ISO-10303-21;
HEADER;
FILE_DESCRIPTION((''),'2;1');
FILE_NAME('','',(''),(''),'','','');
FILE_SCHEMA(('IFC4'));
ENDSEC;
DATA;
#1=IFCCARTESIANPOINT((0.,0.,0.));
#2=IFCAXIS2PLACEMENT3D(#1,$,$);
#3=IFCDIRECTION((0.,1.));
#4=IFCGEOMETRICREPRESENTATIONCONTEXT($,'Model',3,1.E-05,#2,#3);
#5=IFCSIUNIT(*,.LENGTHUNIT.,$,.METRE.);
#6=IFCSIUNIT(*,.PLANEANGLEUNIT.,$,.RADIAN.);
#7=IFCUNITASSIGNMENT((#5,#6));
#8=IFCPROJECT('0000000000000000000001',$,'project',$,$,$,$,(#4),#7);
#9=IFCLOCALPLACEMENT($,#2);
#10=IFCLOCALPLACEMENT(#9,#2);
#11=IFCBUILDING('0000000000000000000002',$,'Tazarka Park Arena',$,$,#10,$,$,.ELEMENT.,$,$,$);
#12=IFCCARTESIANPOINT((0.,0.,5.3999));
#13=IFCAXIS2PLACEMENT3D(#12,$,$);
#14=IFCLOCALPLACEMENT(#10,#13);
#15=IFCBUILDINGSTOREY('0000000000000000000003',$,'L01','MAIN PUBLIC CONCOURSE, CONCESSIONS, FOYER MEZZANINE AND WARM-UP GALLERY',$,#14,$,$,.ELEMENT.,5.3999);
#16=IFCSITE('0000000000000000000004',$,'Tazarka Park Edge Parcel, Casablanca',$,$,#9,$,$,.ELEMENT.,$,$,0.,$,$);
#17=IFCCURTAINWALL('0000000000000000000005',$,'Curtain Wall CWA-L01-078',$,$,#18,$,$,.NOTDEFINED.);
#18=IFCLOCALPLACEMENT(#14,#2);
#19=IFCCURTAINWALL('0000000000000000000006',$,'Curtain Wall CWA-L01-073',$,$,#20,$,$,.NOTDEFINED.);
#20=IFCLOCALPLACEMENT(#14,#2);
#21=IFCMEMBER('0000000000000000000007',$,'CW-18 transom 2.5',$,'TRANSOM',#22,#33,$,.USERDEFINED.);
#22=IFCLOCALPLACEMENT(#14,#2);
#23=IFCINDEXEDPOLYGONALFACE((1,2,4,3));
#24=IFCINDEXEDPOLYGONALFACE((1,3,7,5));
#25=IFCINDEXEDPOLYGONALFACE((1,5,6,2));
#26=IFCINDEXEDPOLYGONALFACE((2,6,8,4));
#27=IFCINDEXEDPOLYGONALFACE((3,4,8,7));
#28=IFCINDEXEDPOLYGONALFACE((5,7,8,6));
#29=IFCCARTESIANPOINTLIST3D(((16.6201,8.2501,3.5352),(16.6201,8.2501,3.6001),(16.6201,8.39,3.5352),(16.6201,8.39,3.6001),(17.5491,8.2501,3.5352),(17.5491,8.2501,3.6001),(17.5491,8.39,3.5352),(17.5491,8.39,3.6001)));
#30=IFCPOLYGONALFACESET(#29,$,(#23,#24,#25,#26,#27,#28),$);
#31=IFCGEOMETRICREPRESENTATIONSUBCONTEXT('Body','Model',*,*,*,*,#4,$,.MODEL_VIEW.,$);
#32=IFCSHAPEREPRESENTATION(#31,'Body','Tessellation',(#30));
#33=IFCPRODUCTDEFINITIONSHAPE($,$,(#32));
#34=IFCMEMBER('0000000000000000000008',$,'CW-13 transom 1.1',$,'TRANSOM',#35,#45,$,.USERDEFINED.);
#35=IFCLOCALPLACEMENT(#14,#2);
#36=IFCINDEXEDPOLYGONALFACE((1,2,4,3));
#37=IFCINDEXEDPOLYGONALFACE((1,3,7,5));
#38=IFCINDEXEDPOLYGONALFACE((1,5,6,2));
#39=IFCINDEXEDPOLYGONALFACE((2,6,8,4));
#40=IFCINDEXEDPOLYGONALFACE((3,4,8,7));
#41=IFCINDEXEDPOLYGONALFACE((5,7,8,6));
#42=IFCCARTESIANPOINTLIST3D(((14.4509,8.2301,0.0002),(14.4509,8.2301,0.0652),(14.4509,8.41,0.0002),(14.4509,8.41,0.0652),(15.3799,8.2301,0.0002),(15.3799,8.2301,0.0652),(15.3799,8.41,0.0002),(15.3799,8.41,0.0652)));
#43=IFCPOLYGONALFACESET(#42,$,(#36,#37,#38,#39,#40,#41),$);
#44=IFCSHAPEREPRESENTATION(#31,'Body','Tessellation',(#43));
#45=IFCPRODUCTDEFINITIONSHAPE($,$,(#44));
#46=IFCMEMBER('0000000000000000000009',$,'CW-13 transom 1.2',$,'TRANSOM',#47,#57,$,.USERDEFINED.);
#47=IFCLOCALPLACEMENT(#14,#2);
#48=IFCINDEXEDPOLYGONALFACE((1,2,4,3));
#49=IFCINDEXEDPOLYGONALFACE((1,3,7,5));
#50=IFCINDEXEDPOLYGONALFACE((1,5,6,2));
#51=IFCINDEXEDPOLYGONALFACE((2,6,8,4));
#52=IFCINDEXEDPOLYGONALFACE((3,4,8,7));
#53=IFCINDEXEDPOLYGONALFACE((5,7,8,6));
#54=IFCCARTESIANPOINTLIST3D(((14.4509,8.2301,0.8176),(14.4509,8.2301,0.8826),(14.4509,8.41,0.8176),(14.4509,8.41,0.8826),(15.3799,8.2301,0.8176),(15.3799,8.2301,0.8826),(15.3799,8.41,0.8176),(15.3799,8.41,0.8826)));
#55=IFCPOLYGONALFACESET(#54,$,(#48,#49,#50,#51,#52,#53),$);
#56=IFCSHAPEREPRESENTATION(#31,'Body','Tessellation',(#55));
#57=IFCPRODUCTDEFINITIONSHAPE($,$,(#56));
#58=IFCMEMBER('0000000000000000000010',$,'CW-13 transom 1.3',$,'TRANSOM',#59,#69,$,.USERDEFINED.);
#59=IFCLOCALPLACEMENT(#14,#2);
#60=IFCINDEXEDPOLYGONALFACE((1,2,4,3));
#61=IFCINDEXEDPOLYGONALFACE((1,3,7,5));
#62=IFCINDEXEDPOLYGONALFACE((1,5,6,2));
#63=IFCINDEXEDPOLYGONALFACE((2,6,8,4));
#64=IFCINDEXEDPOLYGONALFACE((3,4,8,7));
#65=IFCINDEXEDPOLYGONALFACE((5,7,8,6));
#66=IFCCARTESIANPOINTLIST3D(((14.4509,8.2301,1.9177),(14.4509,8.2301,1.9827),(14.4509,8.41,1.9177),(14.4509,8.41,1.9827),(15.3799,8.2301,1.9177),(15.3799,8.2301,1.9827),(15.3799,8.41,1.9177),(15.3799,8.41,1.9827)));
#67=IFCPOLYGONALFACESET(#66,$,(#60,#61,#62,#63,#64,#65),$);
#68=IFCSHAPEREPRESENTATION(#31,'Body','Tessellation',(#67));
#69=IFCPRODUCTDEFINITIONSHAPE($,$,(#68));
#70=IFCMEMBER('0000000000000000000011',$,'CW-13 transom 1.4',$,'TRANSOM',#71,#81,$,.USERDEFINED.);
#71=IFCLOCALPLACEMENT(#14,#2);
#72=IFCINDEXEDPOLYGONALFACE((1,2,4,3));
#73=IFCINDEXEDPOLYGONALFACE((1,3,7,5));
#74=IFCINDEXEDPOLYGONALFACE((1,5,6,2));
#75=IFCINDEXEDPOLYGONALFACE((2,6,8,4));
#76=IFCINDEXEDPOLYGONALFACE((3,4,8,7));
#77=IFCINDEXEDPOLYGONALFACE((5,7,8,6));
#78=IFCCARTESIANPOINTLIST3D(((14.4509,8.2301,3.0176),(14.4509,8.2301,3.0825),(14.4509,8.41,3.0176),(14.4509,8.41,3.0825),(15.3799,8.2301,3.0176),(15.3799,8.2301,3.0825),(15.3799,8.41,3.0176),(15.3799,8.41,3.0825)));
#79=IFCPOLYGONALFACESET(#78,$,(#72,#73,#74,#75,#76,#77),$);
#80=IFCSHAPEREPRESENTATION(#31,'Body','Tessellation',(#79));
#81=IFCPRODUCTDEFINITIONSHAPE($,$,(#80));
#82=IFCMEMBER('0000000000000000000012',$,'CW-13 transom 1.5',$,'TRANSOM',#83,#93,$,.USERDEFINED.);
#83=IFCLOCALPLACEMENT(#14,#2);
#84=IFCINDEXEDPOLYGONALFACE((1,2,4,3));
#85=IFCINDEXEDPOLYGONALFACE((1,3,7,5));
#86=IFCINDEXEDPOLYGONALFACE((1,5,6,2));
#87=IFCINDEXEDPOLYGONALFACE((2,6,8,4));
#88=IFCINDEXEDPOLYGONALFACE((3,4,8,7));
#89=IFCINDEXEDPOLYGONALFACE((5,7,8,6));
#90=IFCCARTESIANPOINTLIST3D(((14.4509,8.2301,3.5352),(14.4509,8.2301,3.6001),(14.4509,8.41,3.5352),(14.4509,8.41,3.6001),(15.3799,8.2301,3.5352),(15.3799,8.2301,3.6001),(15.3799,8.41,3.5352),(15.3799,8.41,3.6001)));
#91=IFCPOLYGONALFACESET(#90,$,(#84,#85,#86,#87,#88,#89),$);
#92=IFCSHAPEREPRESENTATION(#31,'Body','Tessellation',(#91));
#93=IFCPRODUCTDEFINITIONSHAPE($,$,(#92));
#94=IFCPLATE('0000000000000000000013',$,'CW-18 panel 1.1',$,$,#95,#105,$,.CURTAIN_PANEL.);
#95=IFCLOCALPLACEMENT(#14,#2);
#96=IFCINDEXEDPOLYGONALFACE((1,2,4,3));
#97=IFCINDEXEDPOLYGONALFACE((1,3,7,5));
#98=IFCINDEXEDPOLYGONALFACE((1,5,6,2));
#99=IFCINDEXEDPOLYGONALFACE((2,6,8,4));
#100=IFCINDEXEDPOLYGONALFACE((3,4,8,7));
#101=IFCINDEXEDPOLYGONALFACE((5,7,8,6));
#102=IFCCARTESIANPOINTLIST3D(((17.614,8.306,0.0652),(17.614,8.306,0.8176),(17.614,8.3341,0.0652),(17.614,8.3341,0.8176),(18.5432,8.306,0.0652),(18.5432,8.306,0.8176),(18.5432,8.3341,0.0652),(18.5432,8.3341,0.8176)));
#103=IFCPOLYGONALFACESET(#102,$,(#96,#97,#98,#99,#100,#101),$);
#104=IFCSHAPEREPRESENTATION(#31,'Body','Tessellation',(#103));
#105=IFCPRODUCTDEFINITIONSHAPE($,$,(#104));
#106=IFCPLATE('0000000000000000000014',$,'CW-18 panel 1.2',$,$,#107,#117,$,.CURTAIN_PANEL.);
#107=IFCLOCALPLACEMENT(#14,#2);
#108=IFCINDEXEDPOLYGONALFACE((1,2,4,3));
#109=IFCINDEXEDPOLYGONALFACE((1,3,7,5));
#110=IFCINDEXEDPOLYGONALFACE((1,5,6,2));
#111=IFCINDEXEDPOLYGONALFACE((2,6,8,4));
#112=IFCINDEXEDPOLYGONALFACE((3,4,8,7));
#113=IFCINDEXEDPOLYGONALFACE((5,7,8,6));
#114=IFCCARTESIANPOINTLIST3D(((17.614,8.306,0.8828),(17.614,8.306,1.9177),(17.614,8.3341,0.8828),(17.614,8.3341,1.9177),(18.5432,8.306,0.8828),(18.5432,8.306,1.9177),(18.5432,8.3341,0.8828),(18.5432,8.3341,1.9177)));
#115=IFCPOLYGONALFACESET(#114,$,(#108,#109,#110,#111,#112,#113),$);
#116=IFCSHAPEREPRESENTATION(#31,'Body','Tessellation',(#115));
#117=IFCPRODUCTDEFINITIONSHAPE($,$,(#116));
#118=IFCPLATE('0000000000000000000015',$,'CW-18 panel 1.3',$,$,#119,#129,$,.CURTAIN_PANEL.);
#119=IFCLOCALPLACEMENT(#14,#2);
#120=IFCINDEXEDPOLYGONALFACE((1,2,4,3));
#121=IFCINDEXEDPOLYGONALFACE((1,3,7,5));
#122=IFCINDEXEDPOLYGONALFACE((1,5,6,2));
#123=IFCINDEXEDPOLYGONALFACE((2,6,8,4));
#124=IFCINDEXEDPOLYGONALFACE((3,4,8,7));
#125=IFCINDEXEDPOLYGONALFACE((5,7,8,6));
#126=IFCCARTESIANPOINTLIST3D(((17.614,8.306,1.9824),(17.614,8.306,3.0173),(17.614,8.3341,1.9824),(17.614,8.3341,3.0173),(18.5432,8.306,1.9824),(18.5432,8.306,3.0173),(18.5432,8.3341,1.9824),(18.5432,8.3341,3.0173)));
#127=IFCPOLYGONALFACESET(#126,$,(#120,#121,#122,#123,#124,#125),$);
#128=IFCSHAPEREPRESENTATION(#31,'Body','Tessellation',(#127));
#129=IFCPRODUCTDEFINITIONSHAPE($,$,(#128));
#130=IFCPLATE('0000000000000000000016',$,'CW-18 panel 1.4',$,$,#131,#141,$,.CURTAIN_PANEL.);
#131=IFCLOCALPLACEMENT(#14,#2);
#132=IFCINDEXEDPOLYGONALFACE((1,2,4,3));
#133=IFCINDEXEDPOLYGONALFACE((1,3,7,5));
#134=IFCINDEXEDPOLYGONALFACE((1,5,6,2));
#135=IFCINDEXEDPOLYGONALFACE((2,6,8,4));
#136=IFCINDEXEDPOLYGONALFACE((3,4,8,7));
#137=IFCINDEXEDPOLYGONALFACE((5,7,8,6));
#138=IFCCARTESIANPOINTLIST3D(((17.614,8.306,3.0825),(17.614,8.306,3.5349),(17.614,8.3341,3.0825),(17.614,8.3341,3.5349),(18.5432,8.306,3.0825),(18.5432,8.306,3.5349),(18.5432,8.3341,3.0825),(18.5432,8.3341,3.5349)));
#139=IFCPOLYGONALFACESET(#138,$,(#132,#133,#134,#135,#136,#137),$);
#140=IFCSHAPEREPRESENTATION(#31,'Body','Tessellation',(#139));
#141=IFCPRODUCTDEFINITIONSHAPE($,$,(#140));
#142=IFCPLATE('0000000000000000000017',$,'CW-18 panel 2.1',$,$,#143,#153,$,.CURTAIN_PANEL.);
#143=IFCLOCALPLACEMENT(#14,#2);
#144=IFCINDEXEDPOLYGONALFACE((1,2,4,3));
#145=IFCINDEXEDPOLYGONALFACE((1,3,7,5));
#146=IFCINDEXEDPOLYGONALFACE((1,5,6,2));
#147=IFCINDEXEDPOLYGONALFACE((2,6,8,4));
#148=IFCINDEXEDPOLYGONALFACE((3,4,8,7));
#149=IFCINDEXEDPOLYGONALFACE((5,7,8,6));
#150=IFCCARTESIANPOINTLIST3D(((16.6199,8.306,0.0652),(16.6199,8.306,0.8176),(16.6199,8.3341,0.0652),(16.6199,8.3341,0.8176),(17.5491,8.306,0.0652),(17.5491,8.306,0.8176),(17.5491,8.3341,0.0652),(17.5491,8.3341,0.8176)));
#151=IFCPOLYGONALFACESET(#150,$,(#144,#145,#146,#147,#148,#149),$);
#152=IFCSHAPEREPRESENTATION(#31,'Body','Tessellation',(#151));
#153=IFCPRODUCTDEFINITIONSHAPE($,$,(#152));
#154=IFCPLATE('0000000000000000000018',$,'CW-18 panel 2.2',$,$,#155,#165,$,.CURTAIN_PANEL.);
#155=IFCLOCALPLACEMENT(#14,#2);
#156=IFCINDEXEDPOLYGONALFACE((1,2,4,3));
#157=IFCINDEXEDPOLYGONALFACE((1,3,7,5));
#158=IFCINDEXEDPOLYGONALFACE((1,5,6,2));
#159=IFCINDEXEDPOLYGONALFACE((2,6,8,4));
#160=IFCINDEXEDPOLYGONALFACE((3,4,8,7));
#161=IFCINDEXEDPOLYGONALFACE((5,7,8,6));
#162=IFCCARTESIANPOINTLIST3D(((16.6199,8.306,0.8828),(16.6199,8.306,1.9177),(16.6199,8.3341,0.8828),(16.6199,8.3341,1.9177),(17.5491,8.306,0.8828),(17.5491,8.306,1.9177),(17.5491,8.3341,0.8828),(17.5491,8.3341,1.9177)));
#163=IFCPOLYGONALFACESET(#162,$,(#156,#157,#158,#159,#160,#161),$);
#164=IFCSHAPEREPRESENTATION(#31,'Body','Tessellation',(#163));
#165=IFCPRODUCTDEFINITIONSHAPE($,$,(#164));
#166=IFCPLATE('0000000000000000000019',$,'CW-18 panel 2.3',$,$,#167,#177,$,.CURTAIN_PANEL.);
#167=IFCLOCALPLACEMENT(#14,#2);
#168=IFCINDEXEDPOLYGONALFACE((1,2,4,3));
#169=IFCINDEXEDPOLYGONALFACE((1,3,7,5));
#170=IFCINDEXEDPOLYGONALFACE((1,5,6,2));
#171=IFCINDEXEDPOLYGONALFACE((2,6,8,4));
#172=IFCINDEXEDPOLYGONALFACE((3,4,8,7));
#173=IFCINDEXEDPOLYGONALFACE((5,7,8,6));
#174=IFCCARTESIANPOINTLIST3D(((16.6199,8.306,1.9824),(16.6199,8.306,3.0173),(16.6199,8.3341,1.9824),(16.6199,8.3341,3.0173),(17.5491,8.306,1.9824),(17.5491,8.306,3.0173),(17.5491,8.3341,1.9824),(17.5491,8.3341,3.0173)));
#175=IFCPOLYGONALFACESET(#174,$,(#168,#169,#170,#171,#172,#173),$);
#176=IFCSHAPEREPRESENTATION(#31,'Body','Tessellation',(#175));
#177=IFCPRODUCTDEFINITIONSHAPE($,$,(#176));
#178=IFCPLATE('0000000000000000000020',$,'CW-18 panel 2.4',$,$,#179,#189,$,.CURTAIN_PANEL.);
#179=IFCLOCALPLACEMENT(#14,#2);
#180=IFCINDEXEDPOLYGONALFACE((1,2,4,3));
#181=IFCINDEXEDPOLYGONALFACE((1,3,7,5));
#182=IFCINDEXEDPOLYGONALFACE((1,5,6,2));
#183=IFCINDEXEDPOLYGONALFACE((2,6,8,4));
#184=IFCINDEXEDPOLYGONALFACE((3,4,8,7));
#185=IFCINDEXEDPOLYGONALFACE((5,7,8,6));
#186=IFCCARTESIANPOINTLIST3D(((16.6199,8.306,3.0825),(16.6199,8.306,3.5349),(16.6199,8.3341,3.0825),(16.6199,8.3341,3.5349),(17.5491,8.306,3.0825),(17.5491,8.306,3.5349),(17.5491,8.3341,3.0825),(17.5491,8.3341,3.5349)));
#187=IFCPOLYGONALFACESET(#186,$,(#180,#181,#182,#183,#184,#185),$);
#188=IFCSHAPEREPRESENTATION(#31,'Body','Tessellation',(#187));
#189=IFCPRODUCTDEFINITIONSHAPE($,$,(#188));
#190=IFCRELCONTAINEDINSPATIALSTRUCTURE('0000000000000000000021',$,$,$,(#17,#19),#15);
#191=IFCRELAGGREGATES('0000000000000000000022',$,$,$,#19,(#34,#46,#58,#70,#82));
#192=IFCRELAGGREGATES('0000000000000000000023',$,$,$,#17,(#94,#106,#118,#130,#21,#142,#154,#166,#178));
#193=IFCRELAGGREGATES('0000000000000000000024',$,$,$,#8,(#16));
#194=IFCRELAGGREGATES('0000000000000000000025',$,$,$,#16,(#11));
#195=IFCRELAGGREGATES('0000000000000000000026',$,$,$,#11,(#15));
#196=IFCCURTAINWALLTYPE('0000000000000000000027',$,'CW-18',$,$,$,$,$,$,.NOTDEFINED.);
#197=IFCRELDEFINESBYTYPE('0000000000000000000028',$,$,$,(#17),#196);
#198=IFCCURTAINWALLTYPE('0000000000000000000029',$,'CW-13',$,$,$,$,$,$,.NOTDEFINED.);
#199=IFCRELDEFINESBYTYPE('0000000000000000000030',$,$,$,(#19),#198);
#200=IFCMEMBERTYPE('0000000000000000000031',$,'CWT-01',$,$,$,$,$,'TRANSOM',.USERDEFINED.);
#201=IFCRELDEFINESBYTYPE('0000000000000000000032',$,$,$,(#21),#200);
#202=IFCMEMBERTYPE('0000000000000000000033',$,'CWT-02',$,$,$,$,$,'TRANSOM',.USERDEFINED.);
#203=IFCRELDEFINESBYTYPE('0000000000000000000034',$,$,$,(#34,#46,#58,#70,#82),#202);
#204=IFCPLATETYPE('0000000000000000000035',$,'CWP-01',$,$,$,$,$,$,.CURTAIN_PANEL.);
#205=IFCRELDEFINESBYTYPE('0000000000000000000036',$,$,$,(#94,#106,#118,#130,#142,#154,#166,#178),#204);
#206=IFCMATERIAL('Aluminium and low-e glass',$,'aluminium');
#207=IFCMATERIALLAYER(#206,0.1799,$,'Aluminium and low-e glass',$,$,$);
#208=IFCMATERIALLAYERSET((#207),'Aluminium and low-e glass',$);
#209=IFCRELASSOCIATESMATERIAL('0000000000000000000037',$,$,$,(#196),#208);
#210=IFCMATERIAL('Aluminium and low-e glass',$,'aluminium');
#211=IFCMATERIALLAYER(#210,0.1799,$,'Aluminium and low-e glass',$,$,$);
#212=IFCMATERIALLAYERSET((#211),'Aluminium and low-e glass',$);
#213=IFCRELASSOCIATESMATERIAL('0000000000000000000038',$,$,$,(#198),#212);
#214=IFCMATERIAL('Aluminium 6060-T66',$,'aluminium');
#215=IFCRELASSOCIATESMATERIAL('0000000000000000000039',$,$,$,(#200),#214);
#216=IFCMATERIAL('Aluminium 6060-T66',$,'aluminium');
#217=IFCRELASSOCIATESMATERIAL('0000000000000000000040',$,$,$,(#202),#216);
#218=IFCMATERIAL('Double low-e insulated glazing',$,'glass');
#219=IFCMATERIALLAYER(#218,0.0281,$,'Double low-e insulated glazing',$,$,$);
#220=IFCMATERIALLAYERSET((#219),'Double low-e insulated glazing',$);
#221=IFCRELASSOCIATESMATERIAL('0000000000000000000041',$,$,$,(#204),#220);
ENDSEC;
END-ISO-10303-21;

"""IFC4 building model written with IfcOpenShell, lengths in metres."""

from ifc_helpers import new_model, si_unit, direction, frame, origin, origin_2d, place, context, subcontext, project, spatial, rectangle, extrude, material, layer, layer_set, material_profile, profile_set, type_object, element, aggregate, save


model = new_model("IFC4")

# Units and contexts
model_context = context("Model", 3, precision=1e-05, world=origin(), true_north=direction((0.0, 1.0)))
body_context = subcontext(model_context, "Body", "Model", "MODEL_VIEW")
ifc_project = project(units=[si_unit("LENGTHUNIT", "METRE"), si_unit("PLANEANGLEUNIT", "RADIAN")], contexts=[model_context])

# Site, building, storey
site_placement = place(None, origin())
site = spatial("IfcSite", under=ifc_project, at=site_placement, Name="Tazarka Park Edge Parcel, Casablanca", CompositionType="ELEMENT", RefElevation=0.0)
building_placement = place(site_placement, origin())
building = spatial("IfcBuilding", under=site, at=building_placement, Name="Tazarka Park Arena", CompositionType="ELEMENT")
storey_placement = place(building_placement, frame((0.0, 0.0, 5.3999)))
storey = spatial("IfcBuildingStorey", under=building, at=storey_placement, Name="L01", Description="MAIN PUBLIC CONCOURSE, CONCESSIONS, FOYER MEZZANINE AND WARM-UP GALLERY", CompositionType="ELEMENT", Elevation=5.3999)

# Curtain wall
ifc_material_1 = material(Name="Aluminium and low-e glass", Category="aluminium")
ifc_layer_1 = layer(ifc_material_1, 0.1799, Name="Aluminium and low-e glass")
ifc_layer_set_1 = layer_set([ifc_layer_1], Name="Aluminium and low-e glass")
curtain_wall_type_1 = type_object("IfcCurtainWallType", Name="CW-18", PredefinedType="NOTDEFINED", material=ifc_layer_set_1)
curtain_wall_1_placement = place(storey_placement, origin())
curtain_wall_1 = element("IfcCurtainWall", 1, at=curtain_wall_1_placement, inside=storey, type_object=curtain_wall_type_1, Name="Curtain Wall CWA-L01-078", PredefinedType="NOTDEFINED")

# Curtain wall
ifc_material_2 = material(Name="Aluminium and low-e glass", Category="aluminium")
ifc_layer_2 = layer(ifc_material_2, 0.1799, Name="Aluminium and low-e glass")
ifc_layer_set_2 = layer_set([ifc_layer_2], Name="Aluminium and low-e glass")
curtain_wall_type_2 = type_object("IfcCurtainWallType", Name="CW-13", PredefinedType="NOTDEFINED", material=ifc_layer_set_2)
curtain_wall_2_placement = place(storey_placement, origin())
curtain_wall_2 = element("IfcCurtainWall", 2, at=curtain_wall_2_placement, inside=storey, type_object=curtain_wall_type_2, Name="Curtain Wall CWA-L01-073", PredefinedType="NOTDEFINED")

# Members
ifc_material_3 = material(Name="Aluminium 6060-T66", Category="aluminium")
ifc_material_profile_1 = material_profile(ifc_material_3, rectangle(XDim=0.1399, YDim=0.0649, at=origin_2d()), Name="Aluminium 6060-T66")
ifc_profile_set_1 = profile_set([ifc_material_profile_1], Name="Aluminium 6060-T66")
member_type_1 = type_object("IfcMemberType", Name="CWT-01", ElementType="TRANSOM", PredefinedType="USERDEFINED", material=ifc_profile_set_1)
member_1_placement = place(storey_placement, frame((17.5491, 8.3201, 3.5676), z_axis=(-1.0, 0.0, 0.0), x_axis=(0.0, -1.0, 0.0)))
member_1 = element("IfcMember", 3, at=member_1_placement, type_object=member_type_1, Name="CW-18 transom 2.5", ObjectType="TRANSOM", PredefinedType="USERDEFINED", context=body_context, shape_type="SweptSolid", body=[
    extrude(rectangle(XDim=0.1399, YDim=0.0649, at=origin_2d()), origin(), (0.0, 0.0, 1.0), 0.929),
])
ifc_material_4 = material(Name="Aluminium 6060-T66", Category="aluminium")
ifc_material_profile_2 = material_profile(ifc_material_4, rectangle(XDim=0.1799, YDim=0.0649, at=origin_2d()), Name="Aluminium 6060-T66")
ifc_profile_set_2 = profile_set([ifc_material_profile_2], Name="Aluminium 6060-T66")
member_type_2 = type_object("IfcMemberType", Name="CWT-02", ElementType="TRANSOM", PredefinedType="USERDEFINED", material=ifc_profile_set_2)
member_2_placement = place(storey_placement, frame((15.3799, 8.3201, 0.0327), z_axis=(-1.0, 0.0, 0.0), x_axis=(0.0, -1.0, 0.0)))
member_2 = element("IfcMember", 4, at=member_2_placement, type_object=member_type_2, Name="CW-13 transom 1.1", ObjectType="TRANSOM", PredefinedType="USERDEFINED", context=body_context, shape_type="SweptSolid", body=[
    extrude(rectangle(XDim=0.1799, YDim=0.0649, at=origin_2d()), origin(), (0.0, 0.0, 1.0), 0.929),
])
member_3_placement = place(storey_placement, frame((15.3799, 8.3201, 0.8501), z_axis=(-1.0, 0.0, 0.0), x_axis=(0.0, -1.0, 0.0)))
member_3 = element("IfcMember", 5, at=member_3_placement, type_object=member_type_2, Name="CW-13 transom 1.2", ObjectType="TRANSOM", PredefinedType="USERDEFINED", context=body_context, shape_type="SweptSolid", body=[
    extrude(rectangle(XDim=0.1799, YDim=0.0649, at=origin_2d()), origin(), (0.0, 0.0, 1.0), 0.929),
])
member_4_placement = place(storey_placement, frame((15.3799, 8.3201, 1.9502), z_axis=(-1.0, 0.0, 0.0), x_axis=(0.0, -1.0, 0.0)))
member_4 = element("IfcMember", 6, at=member_4_placement, type_object=member_type_2, Name="CW-13 transom 1.3", ObjectType="TRANSOM", PredefinedType="USERDEFINED", context=body_context, shape_type="SweptSolid", body=[
    extrude(rectangle(XDim=0.1799, YDim=0.0649, at=origin_2d()), origin(), (0.0, 0.0, 1.0), 0.929),
])
member_5_placement = place(storey_placement, frame((15.3799, 8.3201, 3.05), z_axis=(-1.0, 0.0, 0.0), x_axis=(0.0, -1.0, 0.0)))
member_5 = element("IfcMember", 7, at=member_5_placement, type_object=member_type_2, Name="CW-13 transom 1.4", ObjectType="TRANSOM", PredefinedType="USERDEFINED", context=body_context, shape_type="SweptSolid", body=[
    extrude(rectangle(XDim=0.1799, YDim=0.0649, at=origin_2d()), origin(), (0.0, 0.0, 1.0), 0.929),
])
member_6_placement = place(storey_placement, frame((15.3799, 8.3201, 3.5676), z_axis=(-1.0, 0.0, 0.0), x_axis=(0.0, -1.0, 0.0)))
member_6 = element("IfcMember", 8, at=member_6_placement, type_object=member_type_2, Name="CW-13 transom 1.5", ObjectType="TRANSOM", PredefinedType="USERDEFINED", context=body_context, shape_type="SweptSolid", body=[
    extrude(rectangle(XDim=0.1799, YDim=0.0649, at=origin_2d()), origin(), (0.0, 0.0, 1.0), 0.929),
])
aggregate(curtain_wall_2, [member_2, member_3, member_4, member_5, member_6])

# Plates
ifc_material_5 = material(Name="Double low-e insulated glazing", Category="glass")
ifc_layer_3 = layer(ifc_material_5, 0.0281, Name="Double low-e insulated glazing")
ifc_layer_set_3 = layer_set([ifc_layer_3], Name="Double low-e insulated glazing")
plate_type = type_object("IfcPlateType", Name="CWP-01", PredefinedType="CURTAIN_PANEL", material=ifc_layer_set_3)
plate_1_placement = place(storey_placement, frame((18.0786, 8.3201, 0.0652), z_axis=(0.0, 0.0, 1.0), x_axis=(-1.0, 0.0, 0.0)))
plate_1 = element("IfcPlate", 9, at=plate_1_placement, type_object=plate_type, Name="CW-18 panel 1.1", PredefinedType="CURTAIN_PANEL", context=body_context, shape_type="SweptSolid", body=[
    extrude(rectangle(XDim=0.9292, YDim=0.0281, at=origin_2d()), origin(), (0.0, 0.0, 1.0), 0.7524),
])
plate_2_placement = place(storey_placement, frame((18.0786, 8.3201, 0.8828), z_axis=(0.0, 0.0, 1.0), x_axis=(-1.0, 0.0, 0.0)))
plate_2 = element("IfcPlate", 10, at=plate_2_placement, type_object=plate_type, Name="CW-18 panel 1.2", PredefinedType="CURTAIN_PANEL", context=body_context, shape_type="SweptSolid", body=[
    extrude(rectangle(XDim=0.9292, YDim=0.0281, at=origin_2d()), origin(), (0.0, 0.0, 1.0), 1.0349),
])
plate_3_placement = place(storey_placement, frame((18.0786, 8.3201, 1.9824), z_axis=(0.0, 0.0, 1.0), x_axis=(-1.0, 0.0, 0.0)))
plate_3 = element("IfcPlate", 11, at=plate_3_placement, type_object=plate_type, Name="CW-18 panel 1.3", PredefinedType="CURTAIN_PANEL", context=body_context, shape_type="SweptSolid", body=[
    extrude(rectangle(XDim=0.9292, YDim=0.0281, at=origin_2d()), origin(), (0.0, 0.0, 1.0), 1.0349),
])
plate_4_placement = place(storey_placement, frame((18.0786, 8.3201, 3.0825), z_axis=(0.0, 0.0, 1.0), x_axis=(-1.0, 0.0, 0.0)))
plate_4 = element("IfcPlate", 12, at=plate_4_placement, type_object=plate_type, Name="CW-18 panel 1.4", PredefinedType="CURTAIN_PANEL", context=body_context, shape_type="SweptSolid", body=[
    extrude(rectangle(XDim=0.9292, YDim=0.0281, at=origin_2d()), origin(), (0.0, 0.0, 1.0), 0.4524),
])
plate_5_placement = place(storey_placement, frame((17.0845, 8.3201, 0.0652), z_axis=(0.0, 0.0, 1.0), x_axis=(-1.0, 0.0, 0.0)))
plate_5 = element("IfcPlate", 13, at=plate_5_placement, type_object=plate_type, Name="CW-18 panel 2.1", PredefinedType="CURTAIN_PANEL", context=body_context, shape_type="SweptSolid", body=[
    extrude(rectangle(XDim=0.9292, YDim=0.0281, at=origin_2d()), origin(), (0.0, 0.0, 1.0), 0.7524),
])
plate_6_placement = place(storey_placement, frame((17.0845, 8.3201, 0.8828), z_axis=(0.0, 0.0, 1.0), x_axis=(-1.0, 0.0, 0.0)))
plate_6 = element("IfcPlate", 14, at=plate_6_placement, type_object=plate_type, Name="CW-18 panel 2.2", PredefinedType="CURTAIN_PANEL", context=body_context, shape_type="SweptSolid", body=[
    extrude(rectangle(XDim=0.9292, YDim=0.0281, at=origin_2d()), origin(), (0.0, 0.0, 1.0), 1.0349),
])
plate_7_placement = place(storey_placement, frame((17.0845, 8.3201, 1.9824), z_axis=(0.0, 0.0, 1.0), x_axis=(-1.0, 0.0, 0.0)))
plate_7 = element("IfcPlate", 15, at=plate_7_placement, type_object=plate_type, Name="CW-18 panel 2.3", PredefinedType="CURTAIN_PANEL", context=body_context, shape_type="SweptSolid", body=[
    extrude(rectangle(XDim=0.9292, YDim=0.0281, at=origin_2d()), origin(), (0.0, 0.0, 1.0), 1.0349),
])
plate_8_placement = place(storey_placement, frame((17.0845, 8.3201, 3.0825), z_axis=(0.0, 0.0, 1.0), x_axis=(-1.0, 0.0, 0.0)))
plate_8 = element("IfcPlate", 16, at=plate_8_placement, type_object=plate_type, Name="CW-18 panel 2.4", PredefinedType="CURTAIN_PANEL", context=body_context, shape_type="SweptSolid", body=[
    extrude(rectangle(XDim=0.9292, YDim=0.0281, at=origin_2d()), origin(), (0.0, 0.0, 1.0), 0.4524),
])
aggregate(curtain_wall_1, [plate_1, plate_2, plate_3, plate_4, member_1, plate_5, plate_6, plate_7, plate_8])

save(model, "model.ifc")
